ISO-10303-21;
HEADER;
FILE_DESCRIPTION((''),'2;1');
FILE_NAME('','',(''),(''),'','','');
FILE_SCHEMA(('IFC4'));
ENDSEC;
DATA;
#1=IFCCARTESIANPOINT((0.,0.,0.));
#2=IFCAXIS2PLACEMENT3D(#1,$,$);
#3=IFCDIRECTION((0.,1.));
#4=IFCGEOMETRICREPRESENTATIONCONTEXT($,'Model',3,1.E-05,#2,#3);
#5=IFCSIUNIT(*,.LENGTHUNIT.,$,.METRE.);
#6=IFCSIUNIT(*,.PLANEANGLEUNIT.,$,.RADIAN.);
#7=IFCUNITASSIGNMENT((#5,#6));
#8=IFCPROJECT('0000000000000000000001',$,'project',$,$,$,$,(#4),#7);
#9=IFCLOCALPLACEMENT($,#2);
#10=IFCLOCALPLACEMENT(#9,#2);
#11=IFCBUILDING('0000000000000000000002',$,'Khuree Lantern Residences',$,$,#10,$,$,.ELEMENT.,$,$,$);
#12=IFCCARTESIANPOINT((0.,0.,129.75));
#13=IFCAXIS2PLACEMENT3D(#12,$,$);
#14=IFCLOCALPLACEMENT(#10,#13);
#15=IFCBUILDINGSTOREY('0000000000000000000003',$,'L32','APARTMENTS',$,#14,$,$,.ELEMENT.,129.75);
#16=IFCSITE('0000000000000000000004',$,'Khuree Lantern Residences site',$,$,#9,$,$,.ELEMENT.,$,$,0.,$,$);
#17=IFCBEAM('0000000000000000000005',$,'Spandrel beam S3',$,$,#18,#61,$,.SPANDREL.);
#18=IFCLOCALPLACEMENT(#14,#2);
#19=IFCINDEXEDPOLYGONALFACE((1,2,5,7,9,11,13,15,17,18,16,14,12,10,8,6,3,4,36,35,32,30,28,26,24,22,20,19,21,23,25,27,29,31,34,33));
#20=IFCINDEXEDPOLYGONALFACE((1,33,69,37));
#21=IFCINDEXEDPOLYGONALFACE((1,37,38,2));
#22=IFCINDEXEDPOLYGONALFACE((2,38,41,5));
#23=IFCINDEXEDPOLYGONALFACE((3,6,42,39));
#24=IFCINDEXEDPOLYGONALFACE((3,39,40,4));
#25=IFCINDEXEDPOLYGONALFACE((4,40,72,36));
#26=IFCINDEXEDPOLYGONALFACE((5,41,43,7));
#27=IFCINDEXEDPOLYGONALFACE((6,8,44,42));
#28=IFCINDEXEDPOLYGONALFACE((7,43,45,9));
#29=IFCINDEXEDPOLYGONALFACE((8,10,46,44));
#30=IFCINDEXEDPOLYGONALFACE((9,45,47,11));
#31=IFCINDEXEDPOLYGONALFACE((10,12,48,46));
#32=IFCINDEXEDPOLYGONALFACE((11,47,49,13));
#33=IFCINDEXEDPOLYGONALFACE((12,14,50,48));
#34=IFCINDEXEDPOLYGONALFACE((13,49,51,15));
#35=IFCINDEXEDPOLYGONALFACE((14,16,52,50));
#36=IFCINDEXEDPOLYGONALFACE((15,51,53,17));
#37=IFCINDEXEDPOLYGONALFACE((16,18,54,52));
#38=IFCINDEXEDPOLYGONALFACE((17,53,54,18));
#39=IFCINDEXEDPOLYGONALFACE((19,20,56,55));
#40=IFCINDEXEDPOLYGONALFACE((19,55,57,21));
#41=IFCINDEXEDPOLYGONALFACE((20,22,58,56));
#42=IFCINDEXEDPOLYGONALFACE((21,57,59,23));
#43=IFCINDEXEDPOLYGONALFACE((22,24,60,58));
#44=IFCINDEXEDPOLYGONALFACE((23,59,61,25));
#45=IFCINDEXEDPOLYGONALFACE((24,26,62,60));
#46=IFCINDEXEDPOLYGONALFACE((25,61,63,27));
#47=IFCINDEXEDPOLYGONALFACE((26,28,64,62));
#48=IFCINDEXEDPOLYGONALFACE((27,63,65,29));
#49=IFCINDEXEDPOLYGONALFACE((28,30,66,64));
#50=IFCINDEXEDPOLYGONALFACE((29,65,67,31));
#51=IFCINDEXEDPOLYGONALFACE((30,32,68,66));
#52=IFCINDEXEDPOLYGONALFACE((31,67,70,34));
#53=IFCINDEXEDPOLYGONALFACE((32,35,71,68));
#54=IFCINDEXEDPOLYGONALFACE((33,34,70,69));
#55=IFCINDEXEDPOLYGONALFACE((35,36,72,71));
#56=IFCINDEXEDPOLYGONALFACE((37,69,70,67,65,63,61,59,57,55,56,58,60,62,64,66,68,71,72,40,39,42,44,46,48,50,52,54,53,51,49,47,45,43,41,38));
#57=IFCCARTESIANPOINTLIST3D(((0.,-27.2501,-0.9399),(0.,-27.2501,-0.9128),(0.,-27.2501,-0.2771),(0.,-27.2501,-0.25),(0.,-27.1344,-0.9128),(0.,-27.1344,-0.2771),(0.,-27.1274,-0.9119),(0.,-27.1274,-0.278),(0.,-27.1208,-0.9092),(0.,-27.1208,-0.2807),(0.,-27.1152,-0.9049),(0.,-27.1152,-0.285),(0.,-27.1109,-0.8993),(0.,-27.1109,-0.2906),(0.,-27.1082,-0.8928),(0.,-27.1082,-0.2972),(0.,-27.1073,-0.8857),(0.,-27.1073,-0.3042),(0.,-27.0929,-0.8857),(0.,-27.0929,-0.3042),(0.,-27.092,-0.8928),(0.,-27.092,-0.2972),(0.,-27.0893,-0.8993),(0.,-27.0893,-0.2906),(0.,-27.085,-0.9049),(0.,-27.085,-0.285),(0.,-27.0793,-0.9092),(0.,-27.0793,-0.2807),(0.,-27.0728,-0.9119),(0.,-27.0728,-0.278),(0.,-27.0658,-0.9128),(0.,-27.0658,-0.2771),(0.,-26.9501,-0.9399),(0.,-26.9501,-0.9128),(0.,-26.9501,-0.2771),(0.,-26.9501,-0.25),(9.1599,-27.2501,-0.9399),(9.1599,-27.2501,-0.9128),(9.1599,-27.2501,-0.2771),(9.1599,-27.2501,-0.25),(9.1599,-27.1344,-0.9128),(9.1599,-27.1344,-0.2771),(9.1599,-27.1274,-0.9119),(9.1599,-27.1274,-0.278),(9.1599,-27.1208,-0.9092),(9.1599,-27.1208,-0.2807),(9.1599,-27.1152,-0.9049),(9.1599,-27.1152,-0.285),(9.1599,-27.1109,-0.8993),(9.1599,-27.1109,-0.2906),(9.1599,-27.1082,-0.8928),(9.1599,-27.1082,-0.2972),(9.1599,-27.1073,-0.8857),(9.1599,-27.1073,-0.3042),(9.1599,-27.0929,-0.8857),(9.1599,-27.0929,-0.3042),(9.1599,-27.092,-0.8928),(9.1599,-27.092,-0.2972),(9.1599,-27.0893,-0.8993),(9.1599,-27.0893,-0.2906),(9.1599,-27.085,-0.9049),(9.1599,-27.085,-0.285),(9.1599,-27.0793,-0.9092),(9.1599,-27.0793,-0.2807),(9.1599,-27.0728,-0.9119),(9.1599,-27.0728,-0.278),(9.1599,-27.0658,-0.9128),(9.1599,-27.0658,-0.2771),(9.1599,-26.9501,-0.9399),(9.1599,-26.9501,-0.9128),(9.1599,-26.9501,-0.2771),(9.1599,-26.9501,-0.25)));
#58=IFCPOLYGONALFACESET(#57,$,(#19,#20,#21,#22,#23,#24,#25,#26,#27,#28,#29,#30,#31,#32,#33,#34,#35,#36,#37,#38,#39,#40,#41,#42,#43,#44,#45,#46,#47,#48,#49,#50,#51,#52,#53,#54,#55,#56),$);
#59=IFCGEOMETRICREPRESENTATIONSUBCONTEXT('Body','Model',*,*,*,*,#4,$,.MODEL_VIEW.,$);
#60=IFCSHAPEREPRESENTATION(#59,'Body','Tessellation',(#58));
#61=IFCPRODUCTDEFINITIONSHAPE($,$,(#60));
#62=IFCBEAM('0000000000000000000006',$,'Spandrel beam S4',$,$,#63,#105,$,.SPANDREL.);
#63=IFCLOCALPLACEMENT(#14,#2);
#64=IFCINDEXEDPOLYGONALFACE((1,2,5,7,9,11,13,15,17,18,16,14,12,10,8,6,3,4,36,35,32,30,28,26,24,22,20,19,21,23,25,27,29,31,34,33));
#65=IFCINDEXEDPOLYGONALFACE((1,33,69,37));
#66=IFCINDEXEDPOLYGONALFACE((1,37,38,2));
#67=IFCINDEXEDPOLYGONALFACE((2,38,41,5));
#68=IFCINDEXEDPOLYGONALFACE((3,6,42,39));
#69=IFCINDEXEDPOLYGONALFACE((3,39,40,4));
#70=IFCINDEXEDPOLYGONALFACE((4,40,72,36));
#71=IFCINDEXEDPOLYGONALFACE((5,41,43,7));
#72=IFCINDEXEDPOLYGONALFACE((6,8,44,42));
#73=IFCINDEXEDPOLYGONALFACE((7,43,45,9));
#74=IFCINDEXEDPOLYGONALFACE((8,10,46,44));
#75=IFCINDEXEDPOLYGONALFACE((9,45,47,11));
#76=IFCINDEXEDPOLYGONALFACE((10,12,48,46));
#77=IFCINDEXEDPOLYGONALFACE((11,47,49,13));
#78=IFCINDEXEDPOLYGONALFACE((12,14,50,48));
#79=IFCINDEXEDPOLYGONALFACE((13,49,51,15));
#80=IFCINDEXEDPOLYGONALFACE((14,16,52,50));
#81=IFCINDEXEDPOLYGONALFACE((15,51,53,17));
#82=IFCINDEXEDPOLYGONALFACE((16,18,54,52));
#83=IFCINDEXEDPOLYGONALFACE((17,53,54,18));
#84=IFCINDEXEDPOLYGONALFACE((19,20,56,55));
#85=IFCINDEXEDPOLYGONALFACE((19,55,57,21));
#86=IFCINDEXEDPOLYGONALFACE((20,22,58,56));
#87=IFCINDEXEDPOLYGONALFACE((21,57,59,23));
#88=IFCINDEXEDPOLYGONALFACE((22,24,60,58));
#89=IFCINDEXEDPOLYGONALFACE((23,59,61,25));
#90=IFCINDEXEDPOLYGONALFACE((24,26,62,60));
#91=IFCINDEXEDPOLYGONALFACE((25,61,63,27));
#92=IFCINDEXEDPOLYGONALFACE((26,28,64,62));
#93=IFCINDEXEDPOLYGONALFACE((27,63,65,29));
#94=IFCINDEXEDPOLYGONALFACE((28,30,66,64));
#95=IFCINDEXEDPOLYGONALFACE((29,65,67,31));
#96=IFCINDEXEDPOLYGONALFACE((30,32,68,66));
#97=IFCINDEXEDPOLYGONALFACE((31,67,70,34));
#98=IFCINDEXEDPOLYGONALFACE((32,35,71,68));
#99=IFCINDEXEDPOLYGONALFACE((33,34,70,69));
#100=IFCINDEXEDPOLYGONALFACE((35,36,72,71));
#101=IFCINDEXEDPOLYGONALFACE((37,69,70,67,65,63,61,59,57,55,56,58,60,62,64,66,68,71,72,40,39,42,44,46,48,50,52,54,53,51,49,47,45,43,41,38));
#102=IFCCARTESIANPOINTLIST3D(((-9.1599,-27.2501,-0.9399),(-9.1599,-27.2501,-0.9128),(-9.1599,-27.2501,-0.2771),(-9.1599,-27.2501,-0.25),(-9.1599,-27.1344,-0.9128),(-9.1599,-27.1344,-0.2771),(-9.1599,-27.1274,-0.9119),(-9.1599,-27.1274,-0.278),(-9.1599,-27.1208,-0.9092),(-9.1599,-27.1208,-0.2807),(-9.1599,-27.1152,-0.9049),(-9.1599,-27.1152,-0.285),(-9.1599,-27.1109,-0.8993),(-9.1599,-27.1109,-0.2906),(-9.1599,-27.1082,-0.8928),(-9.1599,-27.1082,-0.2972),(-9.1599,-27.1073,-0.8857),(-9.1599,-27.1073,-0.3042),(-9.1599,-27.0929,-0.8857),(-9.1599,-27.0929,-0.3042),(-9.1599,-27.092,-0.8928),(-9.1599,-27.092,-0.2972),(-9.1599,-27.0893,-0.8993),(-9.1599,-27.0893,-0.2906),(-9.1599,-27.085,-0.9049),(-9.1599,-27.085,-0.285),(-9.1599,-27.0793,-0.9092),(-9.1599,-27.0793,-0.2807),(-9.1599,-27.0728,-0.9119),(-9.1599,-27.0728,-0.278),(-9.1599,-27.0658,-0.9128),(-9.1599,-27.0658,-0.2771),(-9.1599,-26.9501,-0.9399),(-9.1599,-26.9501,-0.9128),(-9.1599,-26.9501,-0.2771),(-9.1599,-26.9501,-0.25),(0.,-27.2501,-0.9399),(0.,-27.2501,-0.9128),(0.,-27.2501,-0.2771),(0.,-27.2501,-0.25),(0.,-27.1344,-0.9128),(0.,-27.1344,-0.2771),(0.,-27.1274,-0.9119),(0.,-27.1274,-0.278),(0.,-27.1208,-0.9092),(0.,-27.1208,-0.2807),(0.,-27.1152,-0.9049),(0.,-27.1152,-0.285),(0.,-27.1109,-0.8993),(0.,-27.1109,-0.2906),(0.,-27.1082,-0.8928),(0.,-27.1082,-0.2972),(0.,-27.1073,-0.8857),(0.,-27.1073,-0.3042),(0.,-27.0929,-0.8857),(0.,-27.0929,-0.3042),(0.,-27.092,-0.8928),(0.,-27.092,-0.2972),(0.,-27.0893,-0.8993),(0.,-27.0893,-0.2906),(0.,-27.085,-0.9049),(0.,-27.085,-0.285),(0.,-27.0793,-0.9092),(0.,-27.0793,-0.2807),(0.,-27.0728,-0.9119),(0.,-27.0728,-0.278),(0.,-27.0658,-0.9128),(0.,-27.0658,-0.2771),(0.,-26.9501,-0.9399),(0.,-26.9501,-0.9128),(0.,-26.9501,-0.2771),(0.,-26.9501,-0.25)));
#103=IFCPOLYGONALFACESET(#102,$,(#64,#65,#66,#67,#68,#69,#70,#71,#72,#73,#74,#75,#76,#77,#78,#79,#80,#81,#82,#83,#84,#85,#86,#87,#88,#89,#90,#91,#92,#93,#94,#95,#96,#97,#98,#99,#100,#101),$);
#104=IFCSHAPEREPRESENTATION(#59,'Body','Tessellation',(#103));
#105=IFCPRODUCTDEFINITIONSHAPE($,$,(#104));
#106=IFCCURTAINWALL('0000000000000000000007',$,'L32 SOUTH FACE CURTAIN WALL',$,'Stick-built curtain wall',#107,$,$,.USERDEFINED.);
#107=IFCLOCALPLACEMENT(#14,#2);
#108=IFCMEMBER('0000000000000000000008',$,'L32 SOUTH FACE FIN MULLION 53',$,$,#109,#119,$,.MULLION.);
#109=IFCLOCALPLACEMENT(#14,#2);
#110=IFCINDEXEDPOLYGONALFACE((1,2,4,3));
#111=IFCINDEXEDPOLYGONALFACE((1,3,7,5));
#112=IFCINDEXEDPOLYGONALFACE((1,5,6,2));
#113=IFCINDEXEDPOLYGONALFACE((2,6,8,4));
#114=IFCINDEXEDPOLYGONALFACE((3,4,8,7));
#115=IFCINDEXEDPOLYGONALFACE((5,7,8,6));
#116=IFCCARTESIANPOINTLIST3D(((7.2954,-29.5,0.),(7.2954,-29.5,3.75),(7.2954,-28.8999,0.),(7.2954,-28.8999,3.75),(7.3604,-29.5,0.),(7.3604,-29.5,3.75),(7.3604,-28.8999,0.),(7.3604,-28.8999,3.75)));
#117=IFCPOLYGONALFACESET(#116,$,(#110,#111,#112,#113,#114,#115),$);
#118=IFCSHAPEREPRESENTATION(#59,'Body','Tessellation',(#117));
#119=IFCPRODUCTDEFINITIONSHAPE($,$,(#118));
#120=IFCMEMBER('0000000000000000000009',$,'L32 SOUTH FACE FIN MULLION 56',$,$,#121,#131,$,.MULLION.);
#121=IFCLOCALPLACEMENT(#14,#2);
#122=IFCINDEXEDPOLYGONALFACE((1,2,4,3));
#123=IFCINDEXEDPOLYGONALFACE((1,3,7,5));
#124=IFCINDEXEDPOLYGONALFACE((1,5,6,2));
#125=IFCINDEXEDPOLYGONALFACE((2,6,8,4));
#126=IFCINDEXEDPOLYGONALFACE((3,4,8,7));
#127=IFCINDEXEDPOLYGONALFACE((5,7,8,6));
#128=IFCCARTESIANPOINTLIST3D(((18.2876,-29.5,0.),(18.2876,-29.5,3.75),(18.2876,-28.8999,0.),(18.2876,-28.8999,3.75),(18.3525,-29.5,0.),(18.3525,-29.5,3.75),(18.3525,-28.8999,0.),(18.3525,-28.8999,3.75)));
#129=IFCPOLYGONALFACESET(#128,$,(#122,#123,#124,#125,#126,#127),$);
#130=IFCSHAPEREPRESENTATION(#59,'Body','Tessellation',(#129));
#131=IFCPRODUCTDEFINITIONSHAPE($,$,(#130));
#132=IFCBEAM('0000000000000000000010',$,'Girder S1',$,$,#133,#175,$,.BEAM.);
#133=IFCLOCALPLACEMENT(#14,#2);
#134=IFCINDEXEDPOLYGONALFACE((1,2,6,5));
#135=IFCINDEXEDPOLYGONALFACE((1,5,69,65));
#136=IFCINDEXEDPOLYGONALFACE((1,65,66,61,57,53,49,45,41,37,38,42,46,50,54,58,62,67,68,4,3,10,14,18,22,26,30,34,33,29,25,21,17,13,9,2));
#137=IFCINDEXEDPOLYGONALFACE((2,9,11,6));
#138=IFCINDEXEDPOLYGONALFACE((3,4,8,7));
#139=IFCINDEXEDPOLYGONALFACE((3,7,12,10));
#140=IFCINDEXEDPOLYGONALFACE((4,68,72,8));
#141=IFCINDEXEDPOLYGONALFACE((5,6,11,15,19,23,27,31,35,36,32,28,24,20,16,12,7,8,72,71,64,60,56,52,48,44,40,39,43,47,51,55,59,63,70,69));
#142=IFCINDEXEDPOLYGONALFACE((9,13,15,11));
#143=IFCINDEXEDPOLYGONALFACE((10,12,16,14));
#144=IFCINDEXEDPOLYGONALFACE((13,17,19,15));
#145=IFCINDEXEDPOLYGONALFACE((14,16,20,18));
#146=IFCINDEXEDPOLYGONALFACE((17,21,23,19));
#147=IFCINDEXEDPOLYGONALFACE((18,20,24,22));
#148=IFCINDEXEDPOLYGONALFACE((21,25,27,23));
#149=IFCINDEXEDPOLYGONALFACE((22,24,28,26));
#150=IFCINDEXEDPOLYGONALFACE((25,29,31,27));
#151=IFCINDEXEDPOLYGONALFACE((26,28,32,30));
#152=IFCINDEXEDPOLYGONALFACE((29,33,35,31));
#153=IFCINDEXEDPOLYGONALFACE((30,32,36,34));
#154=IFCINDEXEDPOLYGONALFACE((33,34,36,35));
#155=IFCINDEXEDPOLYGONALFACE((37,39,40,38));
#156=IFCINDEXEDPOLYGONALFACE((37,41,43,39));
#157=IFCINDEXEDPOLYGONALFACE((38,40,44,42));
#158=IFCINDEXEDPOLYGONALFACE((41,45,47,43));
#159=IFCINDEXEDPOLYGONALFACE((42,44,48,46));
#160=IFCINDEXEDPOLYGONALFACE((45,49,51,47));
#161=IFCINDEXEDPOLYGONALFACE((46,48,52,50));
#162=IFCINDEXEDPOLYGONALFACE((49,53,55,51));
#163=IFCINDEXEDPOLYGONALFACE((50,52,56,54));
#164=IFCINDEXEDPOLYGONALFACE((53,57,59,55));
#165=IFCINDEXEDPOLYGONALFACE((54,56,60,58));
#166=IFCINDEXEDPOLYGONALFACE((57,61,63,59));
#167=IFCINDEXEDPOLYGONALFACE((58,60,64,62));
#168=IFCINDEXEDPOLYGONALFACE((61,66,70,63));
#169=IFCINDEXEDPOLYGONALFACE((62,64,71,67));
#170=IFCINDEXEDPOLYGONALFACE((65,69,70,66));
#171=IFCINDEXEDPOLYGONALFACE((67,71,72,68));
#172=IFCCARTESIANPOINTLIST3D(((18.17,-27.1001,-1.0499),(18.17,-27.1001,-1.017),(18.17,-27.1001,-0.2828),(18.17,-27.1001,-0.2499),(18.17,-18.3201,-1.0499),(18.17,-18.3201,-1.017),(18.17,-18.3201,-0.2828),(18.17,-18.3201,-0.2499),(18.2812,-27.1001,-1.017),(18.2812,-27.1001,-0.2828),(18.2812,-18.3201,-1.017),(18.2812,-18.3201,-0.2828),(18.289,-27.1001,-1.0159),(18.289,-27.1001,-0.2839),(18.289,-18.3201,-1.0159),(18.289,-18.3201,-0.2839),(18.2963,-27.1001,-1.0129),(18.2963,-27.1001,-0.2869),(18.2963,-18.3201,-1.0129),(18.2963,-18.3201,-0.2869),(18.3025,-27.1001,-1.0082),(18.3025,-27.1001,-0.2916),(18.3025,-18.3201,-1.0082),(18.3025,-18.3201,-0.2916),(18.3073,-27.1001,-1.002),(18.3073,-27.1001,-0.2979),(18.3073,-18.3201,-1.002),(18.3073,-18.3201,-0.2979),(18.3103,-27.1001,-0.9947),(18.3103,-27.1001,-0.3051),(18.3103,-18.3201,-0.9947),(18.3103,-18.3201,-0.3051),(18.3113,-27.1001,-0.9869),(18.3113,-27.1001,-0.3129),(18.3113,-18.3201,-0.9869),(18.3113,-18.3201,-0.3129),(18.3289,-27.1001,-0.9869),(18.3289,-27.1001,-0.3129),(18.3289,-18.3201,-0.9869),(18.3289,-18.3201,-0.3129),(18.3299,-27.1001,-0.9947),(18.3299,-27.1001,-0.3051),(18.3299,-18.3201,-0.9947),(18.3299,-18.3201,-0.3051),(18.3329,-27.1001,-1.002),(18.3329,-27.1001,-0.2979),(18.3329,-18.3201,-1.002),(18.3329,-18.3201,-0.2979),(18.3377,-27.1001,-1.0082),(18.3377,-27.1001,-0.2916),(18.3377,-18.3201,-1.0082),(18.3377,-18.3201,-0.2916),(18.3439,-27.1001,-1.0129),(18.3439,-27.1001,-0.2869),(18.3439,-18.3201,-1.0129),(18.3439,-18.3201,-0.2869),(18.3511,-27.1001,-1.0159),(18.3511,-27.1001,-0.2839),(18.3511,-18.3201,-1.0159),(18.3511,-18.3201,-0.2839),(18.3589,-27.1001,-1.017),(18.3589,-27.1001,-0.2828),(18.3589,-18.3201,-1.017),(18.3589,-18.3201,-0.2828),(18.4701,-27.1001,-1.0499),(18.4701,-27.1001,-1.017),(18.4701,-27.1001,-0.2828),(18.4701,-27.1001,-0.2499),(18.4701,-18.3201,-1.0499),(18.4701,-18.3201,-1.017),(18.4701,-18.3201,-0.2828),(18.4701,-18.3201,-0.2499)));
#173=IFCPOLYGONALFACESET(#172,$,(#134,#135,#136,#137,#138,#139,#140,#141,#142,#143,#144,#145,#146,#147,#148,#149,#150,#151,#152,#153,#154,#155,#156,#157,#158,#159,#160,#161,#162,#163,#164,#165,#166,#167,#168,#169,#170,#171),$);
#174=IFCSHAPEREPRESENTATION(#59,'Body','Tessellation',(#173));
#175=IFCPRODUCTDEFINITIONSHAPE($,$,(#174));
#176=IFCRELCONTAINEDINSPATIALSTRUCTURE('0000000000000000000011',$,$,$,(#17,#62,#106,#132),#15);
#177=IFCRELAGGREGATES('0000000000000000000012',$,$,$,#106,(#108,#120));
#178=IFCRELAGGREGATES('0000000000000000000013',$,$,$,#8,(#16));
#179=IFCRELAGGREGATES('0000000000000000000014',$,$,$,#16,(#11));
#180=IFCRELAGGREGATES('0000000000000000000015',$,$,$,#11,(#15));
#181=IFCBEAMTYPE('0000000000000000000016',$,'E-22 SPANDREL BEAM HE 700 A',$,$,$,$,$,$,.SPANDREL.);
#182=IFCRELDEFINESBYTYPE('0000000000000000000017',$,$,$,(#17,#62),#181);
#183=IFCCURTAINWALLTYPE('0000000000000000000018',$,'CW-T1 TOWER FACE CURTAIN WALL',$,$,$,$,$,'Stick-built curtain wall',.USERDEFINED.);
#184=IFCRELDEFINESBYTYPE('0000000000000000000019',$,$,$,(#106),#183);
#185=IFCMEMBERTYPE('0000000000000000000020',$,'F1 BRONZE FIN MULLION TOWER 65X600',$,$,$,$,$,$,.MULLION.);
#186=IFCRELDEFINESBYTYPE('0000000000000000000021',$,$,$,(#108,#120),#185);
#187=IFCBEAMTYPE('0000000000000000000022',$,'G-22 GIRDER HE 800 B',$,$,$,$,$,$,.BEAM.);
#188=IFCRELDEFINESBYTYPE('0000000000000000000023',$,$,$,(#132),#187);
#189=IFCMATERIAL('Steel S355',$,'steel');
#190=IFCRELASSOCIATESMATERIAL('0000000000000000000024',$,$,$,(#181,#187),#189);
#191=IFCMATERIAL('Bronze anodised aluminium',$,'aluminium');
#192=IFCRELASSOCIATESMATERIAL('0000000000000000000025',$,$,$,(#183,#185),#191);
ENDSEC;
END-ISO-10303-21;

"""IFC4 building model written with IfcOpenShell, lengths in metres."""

from ifc_helpers import new_model, si_unit, direction, frame, origin, origin_2d, place, context, subcontext, project, spatial, rectangle, i_section, extrude, material, material_profile, profile_set, type_object, element, aggregate, save


model = new_model("IFC4")

# Units and contexts
model_context = context("Model", 3, precision=1e-05, world=origin(), true_north=direction((0.0, 1.0)))
body_context = subcontext(model_context, "Body", "Model", "MODEL_VIEW")
ifc_project = project(units=[si_unit("LENGTHUNIT", "METRE"), si_unit("PLANEANGLEUNIT", "RADIAN")], contexts=[model_context])

# Site, building, storey
site_placement = place(None, origin())
site = spatial("IfcSite", under=ifc_project, at=site_placement, Name="Khuree Lantern Residences site", CompositionType="ELEMENT", RefElevation=0.0)
building_placement = place(site_placement, origin())
building = spatial("IfcBuilding", under=site, at=building_placement, Name="Khuree Lantern Residences", CompositionType="ELEMENT")
storey_placement = place(building_placement, frame((0.0, 0.0, 129.75)))
storey = spatial("IfcBuildingStorey", under=building, at=storey_placement, Name="L32", Description="APARTMENTS", CompositionType="ELEMENT", Elevation=129.75)

# Beams
ifc_material_1 = material(Name="Steel S355", Category="steel")
ifc_material_profile_1 = material_profile(ifc_material_1, i_section(OverallWidth=0.3, OverallDepth=0.6899, WebThickness=0.0144, FlangeThickness=0.0271, FilletRadius=0.0271, at=origin_2d()), Name="HE 700 A")
ifc_profile_set_1 = profile_set([ifc_material_profile_1], Name="Steel S355")
beam_type_1 = type_object("IfcBeamType", Name="E-22 SPANDREL BEAM HE 700 A", PredefinedType="SPANDREL", material=ifc_profile_set_1)
for number, where, z_axis, x_axis, name in (
    (1, (9.1599, -27.1001, -0.595), (-1.0, 0.0, 0.0), (0.0, -1.0, 0.0), "Spandrel beam S3"),
    (2, (0.0, -27.1001, -0.595), (-1.0, 0.0, 0.0), (0.0, -1.0, 0.0), "Spandrel beam S4"),
):
    element("IfcBeam", number, at=place(storey_placement, frame(where, z_axis=z_axis, x_axis=x_axis)), inside=storey, type_object=beam_type_1, Name=name, PredefinedType="SPANDREL", context=body_context, shape_type="SweptSolid", body=[
        extrude(i_section(OverallWidth=0.3, OverallDepth=0.6899, WebThickness=0.0144, FlangeThickness=0.0271, FilletRadius=0.0271, at=origin_2d()), origin(), (0.0, 0.0, 1.0), 9.1599),
    ])

# Curtain wall, members
ifc_material_2 = material(Name="Bronze anodised aluminium", Category="aluminium")
curtain_wall_type = type_object("IfcCurtainWallType", Name="CW-T1 TOWER FACE CURTAIN WALL", ElementType="Stick-built curtain wall", PredefinedType="USERDEFINED", material=ifc_material_2)
curtain_wall_placement = place(storey_placement, origin())
curtain_wall = element("IfcCurtainWall", 3, at=curtain_wall_placement, inside=storey, type_object=curtain_wall_type, Name="L32 SOUTH FACE CURTAIN WALL", ObjectType="Stick-built curtain wall", PredefinedType="USERDEFINED")
ifc_material_profile_2 = material_profile(ifc_material_2, rectangle(XDim=0.0649, YDim=0.6001, at=origin_2d()), Name="F1 65X600")
ifc_profile_set_2 = profile_set([ifc_material_profile_2], Name="Bronze anodised aluminium")
member_type_1 = type_object("IfcMemberType", Name="F1 BRONZE FIN MULLION TOWER 65X600", PredefinedType="MULLION", material=ifc_profile_set_2)
member_1_placement = place(storey_placement, frame((7.3279, -29.2, 0.0), z_axis=(0.0, 0.0, 1.0), x_axis=(1.0, 0.0, 0.0)))
member_1 = element("IfcMember", 4, at=member_1_placement, type_object=member_type_1, Name="L32 SOUTH FACE FIN MULLION 53", PredefinedType="MULLION", context=body_context, shape_type="SweptSolid", body=[
    extrude(rectangle(XDim=0.0649, YDim=0.6001, at=origin_2d()), origin(), (0.0, 0.0, 1.0), 3.75),
])
member_2_placement = place(storey_placement, frame((18.3201, -29.2, 0.0), z_axis=(0.0, 0.0, 1.0), x_axis=(1.0, 0.0, 0.0)))
member_2 = element("IfcMember", 5, at=member_2_placement, type_object=member_type_1, Name="L32 SOUTH FACE FIN MULLION 56", PredefinedType="MULLION", context=body_context, shape_type="SweptSolid", body=[
    extrude(rectangle(XDim=0.0649, YDim=0.6001, at=origin_2d()), origin(), (0.0, 0.0, 1.0), 3.75),
])

# Beam
ifc_material_profile_3 = material_profile(ifc_material_1, i_section(OverallWidth=0.3, OverallDepth=0.8, WebThickness=0.0176, FlangeThickness=0.033, FilletRadius=0.03, at=origin_2d()), Name="HE 800 B")
ifc_profile_set_3 = profile_set([ifc_material_profile_3], Name="Steel S355")
beam_type_2 = type_object("IfcBeamType", Name="G-22 GIRDER HE 800 B", PredefinedType="BEAM", material=ifc_profile_set_3)
beam_1_placement = place(storey_placement, frame((18.3201, -27.1001, -0.6499), z_axis=(0.0, 1.0, 0.0), x_axis=(-1.0, 0.0, 0.0)))
element("IfcBeam", 6, at=beam_1_placement, inside=storey, type_object=beam_type_2, Name="Girder S1", PredefinedType="BEAM", context=body_context, shape_type="SweptSolid", body=[
    extrude(i_section(OverallWidth=0.3, OverallDepth=0.8, WebThickness=0.0176, FlangeThickness=0.033, FilletRadius=0.03, at=origin_2d()), origin(), (0.0, 0.0, 1.0), 8.78),
])

aggregate(curtain_wall, [member_1, member_2])

save(model, "model.ifc")
